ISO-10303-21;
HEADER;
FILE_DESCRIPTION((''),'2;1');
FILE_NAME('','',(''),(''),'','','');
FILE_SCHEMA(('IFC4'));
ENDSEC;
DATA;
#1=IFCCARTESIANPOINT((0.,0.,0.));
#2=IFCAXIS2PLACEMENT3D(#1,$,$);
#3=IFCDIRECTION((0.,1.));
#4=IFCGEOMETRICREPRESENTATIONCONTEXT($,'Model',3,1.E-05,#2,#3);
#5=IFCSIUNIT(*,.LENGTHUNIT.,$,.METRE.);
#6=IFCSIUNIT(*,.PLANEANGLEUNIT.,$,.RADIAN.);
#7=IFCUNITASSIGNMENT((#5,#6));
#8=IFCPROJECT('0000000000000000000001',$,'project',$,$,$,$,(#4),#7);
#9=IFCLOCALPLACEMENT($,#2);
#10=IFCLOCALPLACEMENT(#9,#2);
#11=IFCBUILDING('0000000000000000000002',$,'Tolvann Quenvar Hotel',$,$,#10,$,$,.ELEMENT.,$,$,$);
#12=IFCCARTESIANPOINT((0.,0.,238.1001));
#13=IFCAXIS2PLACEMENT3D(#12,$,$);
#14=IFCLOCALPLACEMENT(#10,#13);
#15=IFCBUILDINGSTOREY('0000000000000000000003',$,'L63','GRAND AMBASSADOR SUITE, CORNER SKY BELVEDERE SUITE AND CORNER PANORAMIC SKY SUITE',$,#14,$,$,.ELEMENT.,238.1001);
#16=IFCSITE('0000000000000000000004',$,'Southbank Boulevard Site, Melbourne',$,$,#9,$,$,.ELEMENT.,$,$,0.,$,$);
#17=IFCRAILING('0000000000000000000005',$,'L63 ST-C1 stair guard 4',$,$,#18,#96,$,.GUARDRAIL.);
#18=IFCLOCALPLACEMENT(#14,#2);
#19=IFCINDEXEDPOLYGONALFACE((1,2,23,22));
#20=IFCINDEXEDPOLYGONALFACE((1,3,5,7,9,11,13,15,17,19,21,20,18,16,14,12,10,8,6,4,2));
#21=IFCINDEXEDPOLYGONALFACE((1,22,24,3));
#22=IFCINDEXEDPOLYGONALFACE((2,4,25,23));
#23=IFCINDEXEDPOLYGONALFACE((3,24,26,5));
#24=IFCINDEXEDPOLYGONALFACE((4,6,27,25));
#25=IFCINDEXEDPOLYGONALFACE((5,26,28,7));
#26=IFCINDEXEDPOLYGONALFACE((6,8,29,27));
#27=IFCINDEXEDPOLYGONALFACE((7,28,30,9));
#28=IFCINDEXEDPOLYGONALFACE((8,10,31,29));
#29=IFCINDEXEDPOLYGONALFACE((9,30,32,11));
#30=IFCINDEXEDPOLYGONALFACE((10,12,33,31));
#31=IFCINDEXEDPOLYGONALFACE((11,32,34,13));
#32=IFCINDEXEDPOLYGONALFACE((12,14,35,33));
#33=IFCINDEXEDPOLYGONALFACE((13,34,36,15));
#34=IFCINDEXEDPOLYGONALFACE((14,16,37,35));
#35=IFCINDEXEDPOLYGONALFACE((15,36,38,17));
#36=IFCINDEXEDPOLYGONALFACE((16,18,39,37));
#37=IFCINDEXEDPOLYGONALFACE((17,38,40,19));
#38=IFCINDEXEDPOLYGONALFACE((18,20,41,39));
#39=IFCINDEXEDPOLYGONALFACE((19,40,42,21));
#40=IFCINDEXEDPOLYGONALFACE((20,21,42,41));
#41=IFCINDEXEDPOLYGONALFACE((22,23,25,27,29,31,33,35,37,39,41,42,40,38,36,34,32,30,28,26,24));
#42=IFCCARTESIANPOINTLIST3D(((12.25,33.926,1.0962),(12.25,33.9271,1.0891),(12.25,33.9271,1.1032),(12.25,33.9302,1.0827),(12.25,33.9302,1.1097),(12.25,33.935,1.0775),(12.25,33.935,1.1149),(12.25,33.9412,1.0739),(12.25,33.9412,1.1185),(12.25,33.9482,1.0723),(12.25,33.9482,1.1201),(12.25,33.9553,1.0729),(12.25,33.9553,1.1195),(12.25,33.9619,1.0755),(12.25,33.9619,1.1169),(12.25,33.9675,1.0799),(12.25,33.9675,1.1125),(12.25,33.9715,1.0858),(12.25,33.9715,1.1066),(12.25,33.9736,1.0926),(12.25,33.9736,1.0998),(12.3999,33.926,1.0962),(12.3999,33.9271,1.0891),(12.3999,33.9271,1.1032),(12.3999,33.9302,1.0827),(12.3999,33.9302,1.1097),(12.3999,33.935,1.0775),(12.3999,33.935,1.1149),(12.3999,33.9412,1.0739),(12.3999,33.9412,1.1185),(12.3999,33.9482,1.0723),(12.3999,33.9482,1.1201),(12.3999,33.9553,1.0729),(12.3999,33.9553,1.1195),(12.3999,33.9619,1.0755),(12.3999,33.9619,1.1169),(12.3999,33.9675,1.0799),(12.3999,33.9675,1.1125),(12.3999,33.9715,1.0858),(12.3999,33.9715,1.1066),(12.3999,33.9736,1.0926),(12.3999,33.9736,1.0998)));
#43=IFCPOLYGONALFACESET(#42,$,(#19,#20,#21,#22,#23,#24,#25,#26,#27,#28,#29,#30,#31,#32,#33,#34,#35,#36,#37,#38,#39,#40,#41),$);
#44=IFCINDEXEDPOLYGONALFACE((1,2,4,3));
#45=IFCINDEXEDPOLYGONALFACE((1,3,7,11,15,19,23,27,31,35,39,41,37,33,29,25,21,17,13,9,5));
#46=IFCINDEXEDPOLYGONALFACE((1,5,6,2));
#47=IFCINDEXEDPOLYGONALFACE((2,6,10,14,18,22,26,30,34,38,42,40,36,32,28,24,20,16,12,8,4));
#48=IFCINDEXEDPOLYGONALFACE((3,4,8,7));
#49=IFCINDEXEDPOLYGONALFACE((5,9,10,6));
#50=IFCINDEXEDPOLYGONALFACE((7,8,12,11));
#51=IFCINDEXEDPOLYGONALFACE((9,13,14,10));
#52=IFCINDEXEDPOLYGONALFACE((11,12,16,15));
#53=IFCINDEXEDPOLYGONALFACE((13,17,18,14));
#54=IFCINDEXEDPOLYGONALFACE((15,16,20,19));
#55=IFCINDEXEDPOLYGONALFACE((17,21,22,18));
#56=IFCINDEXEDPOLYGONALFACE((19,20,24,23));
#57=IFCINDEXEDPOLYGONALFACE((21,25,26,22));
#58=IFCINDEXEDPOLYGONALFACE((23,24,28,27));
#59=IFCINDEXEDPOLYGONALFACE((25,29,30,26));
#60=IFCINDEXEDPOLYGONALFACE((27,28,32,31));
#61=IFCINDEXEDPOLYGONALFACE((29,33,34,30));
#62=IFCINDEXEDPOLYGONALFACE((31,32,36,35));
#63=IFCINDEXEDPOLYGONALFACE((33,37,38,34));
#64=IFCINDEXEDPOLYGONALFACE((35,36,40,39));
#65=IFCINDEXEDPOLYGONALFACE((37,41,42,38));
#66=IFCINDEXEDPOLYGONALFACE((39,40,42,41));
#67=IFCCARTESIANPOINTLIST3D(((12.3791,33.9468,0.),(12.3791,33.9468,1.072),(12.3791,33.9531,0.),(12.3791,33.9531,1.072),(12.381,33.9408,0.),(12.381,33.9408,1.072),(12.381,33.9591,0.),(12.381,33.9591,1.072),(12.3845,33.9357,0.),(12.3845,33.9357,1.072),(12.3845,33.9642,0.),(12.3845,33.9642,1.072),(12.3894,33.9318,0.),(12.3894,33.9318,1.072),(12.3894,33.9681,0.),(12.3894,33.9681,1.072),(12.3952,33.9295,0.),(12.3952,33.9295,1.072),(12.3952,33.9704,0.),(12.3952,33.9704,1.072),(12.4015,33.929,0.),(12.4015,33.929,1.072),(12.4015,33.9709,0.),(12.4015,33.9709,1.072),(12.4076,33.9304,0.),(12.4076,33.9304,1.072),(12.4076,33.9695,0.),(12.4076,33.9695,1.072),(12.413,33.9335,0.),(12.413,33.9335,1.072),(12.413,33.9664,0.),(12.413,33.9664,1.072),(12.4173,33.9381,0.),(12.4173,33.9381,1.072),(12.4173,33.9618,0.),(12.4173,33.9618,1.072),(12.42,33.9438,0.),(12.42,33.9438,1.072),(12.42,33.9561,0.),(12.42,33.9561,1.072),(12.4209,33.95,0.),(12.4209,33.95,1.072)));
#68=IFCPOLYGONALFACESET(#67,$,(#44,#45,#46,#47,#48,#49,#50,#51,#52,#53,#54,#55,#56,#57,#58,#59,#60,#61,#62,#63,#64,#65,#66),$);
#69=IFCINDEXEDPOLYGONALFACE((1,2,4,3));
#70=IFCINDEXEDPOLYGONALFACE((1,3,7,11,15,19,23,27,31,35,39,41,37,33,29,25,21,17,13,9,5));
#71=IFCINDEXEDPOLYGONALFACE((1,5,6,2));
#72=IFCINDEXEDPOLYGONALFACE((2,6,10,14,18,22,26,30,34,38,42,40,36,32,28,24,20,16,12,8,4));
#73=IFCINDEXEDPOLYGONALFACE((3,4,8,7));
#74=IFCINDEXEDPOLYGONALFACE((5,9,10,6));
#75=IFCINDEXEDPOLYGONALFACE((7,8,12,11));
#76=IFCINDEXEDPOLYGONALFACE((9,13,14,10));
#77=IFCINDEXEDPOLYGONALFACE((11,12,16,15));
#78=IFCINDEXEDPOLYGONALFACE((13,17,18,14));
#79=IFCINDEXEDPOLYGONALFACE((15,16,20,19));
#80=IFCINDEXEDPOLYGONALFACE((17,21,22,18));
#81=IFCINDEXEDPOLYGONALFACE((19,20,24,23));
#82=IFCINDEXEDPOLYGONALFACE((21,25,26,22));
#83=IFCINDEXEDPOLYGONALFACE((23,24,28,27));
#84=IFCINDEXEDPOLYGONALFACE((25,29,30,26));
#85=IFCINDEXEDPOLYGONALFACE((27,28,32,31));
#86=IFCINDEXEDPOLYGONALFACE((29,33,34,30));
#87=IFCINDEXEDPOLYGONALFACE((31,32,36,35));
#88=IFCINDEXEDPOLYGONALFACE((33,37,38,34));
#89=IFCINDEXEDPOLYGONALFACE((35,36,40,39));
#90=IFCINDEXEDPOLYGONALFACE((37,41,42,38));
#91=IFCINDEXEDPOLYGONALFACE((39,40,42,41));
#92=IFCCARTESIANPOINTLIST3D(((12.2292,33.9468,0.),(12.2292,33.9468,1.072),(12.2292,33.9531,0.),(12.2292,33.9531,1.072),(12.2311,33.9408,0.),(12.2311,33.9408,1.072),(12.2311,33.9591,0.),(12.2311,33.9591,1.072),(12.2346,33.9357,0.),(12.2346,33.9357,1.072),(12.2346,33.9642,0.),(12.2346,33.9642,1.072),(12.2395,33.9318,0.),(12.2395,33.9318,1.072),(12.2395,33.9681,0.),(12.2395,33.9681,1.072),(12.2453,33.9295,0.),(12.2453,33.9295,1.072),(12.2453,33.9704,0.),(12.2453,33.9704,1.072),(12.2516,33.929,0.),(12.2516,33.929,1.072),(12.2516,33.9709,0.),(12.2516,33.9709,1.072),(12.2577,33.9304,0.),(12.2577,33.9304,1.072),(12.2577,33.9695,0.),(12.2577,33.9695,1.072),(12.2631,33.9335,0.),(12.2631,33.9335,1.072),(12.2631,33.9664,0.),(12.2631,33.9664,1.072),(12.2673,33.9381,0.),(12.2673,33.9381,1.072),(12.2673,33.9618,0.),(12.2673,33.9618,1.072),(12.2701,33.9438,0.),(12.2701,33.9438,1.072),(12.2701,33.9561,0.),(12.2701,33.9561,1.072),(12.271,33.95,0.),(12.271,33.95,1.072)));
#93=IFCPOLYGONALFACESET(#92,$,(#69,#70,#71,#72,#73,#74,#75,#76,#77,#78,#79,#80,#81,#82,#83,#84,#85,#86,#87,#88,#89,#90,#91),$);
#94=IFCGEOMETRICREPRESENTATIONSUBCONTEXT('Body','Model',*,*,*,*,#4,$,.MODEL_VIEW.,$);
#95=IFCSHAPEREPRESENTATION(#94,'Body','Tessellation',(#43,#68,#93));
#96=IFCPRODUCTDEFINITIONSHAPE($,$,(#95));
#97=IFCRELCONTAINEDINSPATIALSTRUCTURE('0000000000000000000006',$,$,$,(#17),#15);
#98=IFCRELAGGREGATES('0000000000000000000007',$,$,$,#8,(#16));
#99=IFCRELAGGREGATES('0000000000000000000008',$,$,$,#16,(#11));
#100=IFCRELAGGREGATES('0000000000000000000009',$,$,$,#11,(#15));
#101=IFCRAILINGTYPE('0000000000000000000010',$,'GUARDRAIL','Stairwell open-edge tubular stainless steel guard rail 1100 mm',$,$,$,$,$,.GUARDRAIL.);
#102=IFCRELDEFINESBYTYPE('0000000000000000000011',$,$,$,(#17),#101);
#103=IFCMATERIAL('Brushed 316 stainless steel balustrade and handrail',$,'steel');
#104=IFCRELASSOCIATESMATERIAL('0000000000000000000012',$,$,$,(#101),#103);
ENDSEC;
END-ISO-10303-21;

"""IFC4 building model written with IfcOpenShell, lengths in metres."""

from ifc_helpers import new_model, si_unit, direction, frame, origin, origin_2d, place, context, subcontext, project, spatial, circle, extrude, material, type_object, element, save


model = new_model("IFC4")

# Units and contexts
model_context = context("Model", 3, precision=1e-05, world=origin(), true_north=direction((0.0, 1.0)))
body_context = subcontext(model_context, "Body", "Model", "MODEL_VIEW")
ifc_project = project(units=[si_unit("LENGTHUNIT", "METRE"), si_unit("PLANEANGLEUNIT", "RADIAN")], contexts=[model_context])

# Site, building, storey
site_placement = place(None, origin())
site = spatial("IfcSite", under=ifc_project, at=site_placement, Name="Southbank Boulevard Site, Melbourne", CompositionType="ELEMENT", RefElevation=0.0)
building_placement = place(site_placement, origin())
building = spatial("IfcBuilding", under=site, at=building_placement, Name="Tolvann Quenvar Hotel", CompositionType="ELEMENT")
storey_placement = place(building_placement, frame((0.0, 0.0, 238.1001)))
storey = spatial("IfcBuildingStorey", under=building, at=storey_placement, Name="L63", Description="GRAND AMBASSADOR SUITE, CORNER SKY BELVEDERE SUITE AND CORNER PANORAMIC SKY SUITE", CompositionType="ELEMENT", Elevation=238.1001)

# Railing
ifc_material_1 = material(Name="Brushed 316 stainless steel balustrade and handrail", Category="steel")
railing_type_1 = type_object("IfcRailingType", Name="GUARDRAIL", Description="Stairwell open-edge tubular stainless steel guard rail 1100 mm", PredefinedType="GUARDRAIL", material=ifc_material_1)
railing_1_placement = place(storey_placement, frame((12.3999, 33.95, 0.0)))
element("IfcRailing", 1, at=railing_1_placement, inside=storey, type_object=railing_type_1, Name="L63 ST-C1 stair guard 4", PredefinedType="GUARDRAIL", context=body_context, shape_type="SweptSolid", body=[
    extrude(circle(Radius=0.0239, at=origin_2d()), frame((0.0, 0.0, 1.0962), z_axis=(-1.0, 0.0, 0.0), x_axis=(0.0, -1.0, 0.0)), (0.0, 0.0, 1.0), 0.1499),
    extrude(circle(Radius=0.021, at=origin_2d()), origin(), (0.0, 0.0, 1.0), 1.072),
    extrude(circle(Radius=0.021, at=origin_2d()), frame((-0.1499, 0.0, 0.0)), (0.0, 0.0, 1.0), 1.072),
])

save(model, "model.ifc")
